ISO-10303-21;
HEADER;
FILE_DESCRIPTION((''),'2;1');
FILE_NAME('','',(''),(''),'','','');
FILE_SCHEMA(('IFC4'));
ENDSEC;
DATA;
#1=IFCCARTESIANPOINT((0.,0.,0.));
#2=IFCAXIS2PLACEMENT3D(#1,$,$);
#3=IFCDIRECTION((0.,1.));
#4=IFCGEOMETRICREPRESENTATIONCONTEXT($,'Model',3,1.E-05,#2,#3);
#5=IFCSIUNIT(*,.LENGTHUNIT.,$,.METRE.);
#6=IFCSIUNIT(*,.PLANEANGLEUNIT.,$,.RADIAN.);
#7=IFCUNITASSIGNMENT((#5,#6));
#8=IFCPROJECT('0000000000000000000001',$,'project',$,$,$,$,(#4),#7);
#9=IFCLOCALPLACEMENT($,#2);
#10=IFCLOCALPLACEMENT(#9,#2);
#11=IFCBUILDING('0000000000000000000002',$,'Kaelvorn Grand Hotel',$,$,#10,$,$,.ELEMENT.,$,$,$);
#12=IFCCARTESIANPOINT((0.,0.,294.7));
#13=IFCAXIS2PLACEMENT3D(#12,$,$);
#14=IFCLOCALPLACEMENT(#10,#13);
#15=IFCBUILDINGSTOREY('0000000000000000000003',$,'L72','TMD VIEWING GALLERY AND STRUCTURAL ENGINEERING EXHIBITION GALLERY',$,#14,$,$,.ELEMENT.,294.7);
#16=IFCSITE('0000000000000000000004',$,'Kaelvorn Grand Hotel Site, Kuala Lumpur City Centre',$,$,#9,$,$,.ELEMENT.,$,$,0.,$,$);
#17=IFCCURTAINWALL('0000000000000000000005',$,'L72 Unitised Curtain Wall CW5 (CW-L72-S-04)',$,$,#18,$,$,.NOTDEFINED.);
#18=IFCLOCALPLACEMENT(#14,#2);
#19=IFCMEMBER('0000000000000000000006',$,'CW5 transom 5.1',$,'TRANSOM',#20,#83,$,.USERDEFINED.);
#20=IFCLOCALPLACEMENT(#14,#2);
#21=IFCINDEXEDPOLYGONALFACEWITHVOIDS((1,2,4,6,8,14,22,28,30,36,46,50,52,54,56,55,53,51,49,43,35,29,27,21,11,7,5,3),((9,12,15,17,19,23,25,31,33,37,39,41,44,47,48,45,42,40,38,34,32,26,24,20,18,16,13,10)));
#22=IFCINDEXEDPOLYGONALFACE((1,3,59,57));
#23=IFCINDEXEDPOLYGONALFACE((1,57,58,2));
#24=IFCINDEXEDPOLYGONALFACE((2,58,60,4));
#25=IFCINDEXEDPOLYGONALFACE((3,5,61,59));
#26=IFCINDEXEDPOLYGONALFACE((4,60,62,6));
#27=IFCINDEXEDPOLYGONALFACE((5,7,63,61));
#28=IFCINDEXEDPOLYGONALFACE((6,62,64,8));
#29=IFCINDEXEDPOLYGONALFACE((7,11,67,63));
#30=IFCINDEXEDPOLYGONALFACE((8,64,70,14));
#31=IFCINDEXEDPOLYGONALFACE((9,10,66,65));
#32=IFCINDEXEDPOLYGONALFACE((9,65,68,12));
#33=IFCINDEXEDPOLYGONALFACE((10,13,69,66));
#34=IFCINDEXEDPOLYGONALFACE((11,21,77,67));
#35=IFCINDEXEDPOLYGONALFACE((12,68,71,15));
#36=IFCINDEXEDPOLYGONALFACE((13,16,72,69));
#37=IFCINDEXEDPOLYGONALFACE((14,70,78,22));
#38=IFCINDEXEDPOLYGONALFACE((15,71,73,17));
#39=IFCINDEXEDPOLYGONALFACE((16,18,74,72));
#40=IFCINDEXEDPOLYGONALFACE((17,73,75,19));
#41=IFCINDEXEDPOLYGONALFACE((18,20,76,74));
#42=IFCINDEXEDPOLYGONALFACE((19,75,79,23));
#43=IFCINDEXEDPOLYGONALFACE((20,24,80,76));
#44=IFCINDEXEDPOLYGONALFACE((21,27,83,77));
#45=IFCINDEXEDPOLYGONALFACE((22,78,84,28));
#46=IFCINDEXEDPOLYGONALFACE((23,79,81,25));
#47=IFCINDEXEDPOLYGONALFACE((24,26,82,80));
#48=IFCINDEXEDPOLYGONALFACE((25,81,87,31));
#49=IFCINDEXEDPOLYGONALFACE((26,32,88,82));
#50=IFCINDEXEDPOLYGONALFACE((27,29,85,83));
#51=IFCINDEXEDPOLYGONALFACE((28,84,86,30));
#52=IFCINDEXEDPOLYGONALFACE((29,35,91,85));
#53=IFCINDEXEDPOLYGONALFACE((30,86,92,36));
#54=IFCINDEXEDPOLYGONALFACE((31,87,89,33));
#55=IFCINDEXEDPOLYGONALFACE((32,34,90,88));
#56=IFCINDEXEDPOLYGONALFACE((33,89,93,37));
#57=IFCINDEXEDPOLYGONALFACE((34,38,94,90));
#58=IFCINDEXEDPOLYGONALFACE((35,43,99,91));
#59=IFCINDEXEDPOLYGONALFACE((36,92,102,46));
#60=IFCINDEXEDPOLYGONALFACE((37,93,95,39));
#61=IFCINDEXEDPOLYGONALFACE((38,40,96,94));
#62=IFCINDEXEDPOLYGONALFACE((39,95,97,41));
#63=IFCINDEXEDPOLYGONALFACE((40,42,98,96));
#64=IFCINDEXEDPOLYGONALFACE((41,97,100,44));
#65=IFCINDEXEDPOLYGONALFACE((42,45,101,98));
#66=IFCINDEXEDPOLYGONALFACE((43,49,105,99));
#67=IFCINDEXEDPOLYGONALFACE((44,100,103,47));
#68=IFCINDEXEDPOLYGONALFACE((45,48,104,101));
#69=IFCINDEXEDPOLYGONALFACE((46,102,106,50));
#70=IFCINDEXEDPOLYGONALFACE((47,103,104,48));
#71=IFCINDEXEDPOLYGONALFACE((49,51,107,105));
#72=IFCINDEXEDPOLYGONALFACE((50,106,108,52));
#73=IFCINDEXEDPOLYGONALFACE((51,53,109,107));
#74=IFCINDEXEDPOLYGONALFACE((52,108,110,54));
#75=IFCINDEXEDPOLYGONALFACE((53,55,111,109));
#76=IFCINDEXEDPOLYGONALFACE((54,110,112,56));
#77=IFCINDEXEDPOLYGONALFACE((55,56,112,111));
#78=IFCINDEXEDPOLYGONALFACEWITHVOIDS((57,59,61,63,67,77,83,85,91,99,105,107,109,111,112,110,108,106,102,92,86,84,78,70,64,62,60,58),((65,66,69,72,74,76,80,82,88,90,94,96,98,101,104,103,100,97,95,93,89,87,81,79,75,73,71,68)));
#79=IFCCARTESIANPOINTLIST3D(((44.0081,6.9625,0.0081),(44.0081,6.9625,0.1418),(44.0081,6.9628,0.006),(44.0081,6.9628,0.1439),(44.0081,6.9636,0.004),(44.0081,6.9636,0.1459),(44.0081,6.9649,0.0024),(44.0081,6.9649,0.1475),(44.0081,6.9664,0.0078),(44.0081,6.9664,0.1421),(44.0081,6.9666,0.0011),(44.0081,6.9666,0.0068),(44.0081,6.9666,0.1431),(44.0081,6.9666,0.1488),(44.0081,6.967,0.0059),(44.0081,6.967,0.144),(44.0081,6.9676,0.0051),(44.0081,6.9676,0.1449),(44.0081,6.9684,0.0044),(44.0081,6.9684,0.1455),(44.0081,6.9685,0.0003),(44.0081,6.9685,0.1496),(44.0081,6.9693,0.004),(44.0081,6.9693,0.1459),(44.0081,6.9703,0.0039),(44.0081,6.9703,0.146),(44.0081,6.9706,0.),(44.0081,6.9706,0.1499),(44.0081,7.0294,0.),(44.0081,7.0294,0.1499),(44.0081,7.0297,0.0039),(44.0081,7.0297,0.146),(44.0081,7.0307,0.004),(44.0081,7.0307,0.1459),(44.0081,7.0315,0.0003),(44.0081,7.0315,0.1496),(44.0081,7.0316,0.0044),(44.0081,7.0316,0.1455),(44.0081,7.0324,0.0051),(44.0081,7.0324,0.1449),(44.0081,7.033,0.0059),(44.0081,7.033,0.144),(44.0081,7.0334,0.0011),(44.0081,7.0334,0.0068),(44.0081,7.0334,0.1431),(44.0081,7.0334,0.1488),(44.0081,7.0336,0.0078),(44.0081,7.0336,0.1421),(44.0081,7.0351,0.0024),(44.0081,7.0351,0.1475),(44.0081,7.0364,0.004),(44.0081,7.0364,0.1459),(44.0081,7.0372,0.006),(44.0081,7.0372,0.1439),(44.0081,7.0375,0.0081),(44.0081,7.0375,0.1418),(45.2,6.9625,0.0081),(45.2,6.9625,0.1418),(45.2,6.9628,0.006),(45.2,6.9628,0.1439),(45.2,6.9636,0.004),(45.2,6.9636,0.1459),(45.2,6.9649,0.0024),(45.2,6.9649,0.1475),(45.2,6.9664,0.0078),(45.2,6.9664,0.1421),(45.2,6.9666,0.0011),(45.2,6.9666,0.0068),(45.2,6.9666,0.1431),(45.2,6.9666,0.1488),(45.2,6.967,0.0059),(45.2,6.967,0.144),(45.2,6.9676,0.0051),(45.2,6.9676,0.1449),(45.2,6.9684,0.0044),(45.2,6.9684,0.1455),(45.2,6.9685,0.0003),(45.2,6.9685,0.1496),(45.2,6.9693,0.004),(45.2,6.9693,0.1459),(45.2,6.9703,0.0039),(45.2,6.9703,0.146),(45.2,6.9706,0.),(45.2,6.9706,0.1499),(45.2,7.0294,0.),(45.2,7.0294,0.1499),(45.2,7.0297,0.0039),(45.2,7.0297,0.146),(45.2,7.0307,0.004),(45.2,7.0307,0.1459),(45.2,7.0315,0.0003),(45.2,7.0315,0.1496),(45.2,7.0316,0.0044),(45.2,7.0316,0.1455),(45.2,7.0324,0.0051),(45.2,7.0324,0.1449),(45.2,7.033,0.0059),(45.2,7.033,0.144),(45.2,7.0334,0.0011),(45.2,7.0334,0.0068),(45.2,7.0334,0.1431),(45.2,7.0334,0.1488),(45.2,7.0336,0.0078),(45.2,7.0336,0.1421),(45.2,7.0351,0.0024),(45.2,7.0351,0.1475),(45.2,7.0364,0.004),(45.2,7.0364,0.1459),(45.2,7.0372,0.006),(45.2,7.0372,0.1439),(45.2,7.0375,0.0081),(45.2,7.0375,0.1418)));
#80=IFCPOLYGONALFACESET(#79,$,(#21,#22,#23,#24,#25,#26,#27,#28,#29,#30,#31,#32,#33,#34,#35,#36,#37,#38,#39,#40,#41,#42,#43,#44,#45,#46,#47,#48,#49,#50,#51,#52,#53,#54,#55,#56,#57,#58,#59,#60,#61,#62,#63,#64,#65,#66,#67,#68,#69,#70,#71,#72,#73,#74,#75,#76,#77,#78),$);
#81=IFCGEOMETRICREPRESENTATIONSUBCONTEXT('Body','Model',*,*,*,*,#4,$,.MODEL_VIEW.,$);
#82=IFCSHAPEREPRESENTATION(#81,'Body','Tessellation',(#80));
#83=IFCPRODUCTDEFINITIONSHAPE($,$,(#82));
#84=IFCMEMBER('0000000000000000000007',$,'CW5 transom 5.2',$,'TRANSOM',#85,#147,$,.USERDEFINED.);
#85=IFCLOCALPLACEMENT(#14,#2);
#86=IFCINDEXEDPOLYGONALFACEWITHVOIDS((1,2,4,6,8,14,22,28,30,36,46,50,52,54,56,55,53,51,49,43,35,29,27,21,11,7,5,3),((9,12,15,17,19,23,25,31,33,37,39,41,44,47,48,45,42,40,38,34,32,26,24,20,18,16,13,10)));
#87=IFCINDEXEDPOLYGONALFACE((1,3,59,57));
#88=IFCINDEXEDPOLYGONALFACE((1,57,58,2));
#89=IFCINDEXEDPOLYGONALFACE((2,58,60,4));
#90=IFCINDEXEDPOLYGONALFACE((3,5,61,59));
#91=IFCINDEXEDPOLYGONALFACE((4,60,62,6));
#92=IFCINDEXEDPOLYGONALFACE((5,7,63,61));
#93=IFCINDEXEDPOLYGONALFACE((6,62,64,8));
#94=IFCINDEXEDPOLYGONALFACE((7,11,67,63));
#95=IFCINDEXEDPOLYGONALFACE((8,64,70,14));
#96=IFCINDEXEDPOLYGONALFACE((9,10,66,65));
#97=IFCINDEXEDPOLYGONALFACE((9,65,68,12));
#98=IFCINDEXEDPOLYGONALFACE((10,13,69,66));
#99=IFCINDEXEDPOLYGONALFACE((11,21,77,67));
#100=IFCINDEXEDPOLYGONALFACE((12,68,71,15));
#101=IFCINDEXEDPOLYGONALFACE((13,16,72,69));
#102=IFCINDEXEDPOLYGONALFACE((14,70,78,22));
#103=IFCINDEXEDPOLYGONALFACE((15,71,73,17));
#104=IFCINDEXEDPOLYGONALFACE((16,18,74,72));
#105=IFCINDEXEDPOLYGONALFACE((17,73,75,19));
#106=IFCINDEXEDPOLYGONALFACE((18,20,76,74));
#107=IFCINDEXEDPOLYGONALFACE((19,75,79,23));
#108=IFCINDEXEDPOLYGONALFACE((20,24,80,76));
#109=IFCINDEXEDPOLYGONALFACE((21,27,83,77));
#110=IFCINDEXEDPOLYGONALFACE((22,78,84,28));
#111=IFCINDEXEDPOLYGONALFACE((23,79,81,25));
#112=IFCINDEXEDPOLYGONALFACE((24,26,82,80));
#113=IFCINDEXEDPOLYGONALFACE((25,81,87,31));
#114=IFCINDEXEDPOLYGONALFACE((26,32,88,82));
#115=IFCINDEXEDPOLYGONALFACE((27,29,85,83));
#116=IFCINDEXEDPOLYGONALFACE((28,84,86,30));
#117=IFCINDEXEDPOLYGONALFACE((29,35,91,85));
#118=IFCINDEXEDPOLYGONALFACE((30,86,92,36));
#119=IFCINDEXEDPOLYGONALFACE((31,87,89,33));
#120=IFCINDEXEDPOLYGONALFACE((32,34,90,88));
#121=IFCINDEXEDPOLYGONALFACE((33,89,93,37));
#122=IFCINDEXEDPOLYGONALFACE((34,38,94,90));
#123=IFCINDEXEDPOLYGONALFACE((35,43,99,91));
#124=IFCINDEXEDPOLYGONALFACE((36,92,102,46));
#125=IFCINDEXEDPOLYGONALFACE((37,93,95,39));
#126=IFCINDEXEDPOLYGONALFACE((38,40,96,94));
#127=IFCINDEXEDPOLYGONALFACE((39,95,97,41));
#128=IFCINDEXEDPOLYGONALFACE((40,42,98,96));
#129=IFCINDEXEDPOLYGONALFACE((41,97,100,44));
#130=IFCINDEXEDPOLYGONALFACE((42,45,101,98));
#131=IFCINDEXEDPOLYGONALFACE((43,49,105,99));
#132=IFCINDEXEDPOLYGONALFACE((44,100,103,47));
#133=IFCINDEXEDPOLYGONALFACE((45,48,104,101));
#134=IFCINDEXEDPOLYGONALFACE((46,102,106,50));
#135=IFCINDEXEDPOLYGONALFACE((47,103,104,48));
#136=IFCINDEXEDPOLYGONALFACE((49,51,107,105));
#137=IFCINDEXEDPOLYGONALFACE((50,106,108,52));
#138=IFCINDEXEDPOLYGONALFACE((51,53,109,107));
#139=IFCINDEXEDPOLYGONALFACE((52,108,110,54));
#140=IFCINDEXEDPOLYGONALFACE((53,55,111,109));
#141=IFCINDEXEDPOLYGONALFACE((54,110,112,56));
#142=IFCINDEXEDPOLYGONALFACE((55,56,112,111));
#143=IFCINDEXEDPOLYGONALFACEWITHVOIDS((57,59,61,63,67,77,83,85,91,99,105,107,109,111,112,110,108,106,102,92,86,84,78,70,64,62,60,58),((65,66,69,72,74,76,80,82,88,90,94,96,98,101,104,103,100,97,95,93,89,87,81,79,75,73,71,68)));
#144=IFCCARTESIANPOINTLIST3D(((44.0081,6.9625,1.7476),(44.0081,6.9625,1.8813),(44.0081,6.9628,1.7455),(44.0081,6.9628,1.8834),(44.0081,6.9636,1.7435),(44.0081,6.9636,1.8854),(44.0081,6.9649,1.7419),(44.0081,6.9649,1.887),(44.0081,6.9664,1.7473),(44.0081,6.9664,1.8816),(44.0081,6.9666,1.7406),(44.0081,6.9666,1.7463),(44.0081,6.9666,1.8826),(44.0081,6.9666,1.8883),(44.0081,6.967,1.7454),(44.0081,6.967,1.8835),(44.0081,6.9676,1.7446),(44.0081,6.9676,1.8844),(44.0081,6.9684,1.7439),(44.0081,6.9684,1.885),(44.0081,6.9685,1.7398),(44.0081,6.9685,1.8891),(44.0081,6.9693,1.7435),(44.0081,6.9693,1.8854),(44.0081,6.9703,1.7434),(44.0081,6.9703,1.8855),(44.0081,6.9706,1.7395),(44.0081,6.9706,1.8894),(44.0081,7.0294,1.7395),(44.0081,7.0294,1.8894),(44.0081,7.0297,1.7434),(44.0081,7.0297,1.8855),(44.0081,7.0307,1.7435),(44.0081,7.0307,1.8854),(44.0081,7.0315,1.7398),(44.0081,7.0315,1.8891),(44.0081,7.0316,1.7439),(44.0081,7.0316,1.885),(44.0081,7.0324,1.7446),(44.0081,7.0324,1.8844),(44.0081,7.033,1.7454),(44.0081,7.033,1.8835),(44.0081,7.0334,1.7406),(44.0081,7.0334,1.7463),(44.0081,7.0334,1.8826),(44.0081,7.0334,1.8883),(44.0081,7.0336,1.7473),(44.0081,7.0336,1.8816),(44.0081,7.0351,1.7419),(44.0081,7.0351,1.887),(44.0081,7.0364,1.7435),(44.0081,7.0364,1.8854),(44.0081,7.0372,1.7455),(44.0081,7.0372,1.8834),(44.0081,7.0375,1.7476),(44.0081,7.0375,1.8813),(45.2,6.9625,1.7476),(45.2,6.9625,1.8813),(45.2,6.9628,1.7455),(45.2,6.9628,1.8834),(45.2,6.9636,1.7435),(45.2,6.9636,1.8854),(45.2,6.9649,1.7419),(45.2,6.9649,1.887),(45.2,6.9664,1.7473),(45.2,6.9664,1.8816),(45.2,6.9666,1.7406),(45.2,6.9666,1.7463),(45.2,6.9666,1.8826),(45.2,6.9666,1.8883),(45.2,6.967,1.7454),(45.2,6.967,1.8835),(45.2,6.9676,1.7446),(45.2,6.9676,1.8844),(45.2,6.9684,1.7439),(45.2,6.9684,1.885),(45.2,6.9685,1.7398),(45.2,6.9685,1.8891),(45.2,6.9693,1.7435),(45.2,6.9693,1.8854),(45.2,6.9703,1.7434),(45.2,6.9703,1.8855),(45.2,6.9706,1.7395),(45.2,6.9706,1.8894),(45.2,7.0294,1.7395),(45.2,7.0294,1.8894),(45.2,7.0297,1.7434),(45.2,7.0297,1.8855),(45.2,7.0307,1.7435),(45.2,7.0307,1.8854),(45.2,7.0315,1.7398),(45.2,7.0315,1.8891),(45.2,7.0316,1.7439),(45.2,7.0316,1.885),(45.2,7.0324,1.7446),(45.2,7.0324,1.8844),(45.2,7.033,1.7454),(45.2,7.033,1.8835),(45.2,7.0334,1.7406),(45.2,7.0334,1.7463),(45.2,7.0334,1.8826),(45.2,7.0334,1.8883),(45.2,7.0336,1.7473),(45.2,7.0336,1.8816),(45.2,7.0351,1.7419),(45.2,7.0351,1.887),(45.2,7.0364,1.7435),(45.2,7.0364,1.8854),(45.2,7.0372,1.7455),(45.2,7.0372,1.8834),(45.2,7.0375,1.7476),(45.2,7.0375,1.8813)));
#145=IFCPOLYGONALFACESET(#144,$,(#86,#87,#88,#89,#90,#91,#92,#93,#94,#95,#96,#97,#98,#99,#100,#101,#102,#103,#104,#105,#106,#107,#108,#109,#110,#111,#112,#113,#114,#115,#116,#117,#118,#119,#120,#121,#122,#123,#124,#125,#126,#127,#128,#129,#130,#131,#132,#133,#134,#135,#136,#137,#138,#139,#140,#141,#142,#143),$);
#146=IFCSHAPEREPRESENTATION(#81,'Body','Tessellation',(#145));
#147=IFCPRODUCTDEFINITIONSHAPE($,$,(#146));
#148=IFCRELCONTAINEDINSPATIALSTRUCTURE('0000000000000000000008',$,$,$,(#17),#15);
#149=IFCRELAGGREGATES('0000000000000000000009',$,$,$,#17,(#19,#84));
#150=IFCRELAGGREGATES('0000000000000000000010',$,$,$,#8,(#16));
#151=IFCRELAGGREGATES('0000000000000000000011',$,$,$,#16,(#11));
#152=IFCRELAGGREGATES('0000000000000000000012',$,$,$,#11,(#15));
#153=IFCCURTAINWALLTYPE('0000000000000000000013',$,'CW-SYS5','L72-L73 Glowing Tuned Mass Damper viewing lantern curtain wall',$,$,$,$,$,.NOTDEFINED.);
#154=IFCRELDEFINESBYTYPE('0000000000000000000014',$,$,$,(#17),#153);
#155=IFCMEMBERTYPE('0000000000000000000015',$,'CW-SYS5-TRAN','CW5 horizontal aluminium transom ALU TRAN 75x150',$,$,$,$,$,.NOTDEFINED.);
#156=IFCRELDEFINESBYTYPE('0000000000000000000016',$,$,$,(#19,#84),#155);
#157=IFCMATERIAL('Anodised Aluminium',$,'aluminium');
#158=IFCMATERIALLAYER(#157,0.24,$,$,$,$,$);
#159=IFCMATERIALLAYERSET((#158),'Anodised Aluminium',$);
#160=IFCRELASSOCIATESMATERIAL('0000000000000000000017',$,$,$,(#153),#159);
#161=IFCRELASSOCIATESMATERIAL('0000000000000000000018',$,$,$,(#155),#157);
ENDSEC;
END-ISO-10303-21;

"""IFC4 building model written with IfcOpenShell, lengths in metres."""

from ifc_helpers import new_model, si_unit, direction, frame, origin, origin_2d, place, context, subcontext, project, spatial, hollow_rectangle, extrude, material, layer, layer_set, material_profile, profile_set, type_object, element, aggregate, save


model = new_model("IFC4")

# Units and contexts
model_context = context("Model", 3, precision=1e-05, world=origin(), true_north=direction((0.0, 1.0)))
body_context = subcontext(model_context, "Body", "Model", "MODEL_VIEW")
ifc_project = project(units=[si_unit("LENGTHUNIT", "METRE"), si_unit("PLANEANGLEUNIT", "RADIAN")], contexts=[model_context])

# Site, building, storey
site_placement = place(None, origin())
site = spatial("IfcSite", under=ifc_project, at=site_placement, Name="Kaelvorn Grand Hotel Site, Kuala Lumpur City Centre", CompositionType="ELEMENT", RefElevation=0.0)
building_placement = place(site_placement, origin())
building = spatial("IfcBuilding", under=site, at=building_placement, Name="Kaelvorn Grand Hotel", CompositionType="ELEMENT")
storey_placement = place(building_placement, frame((0.0, 0.0, 294.7)))
storey = spatial("IfcBuildingStorey", under=building, at=storey_placement, Name="L72", Description="TMD VIEWING GALLERY AND STRUCTURAL ENGINEERING EXHIBITION GALLERY", CompositionType="ELEMENT", Elevation=294.7)

# Curtain wall
ifc_material_1 = material(Name="Anodised Aluminium", Category="aluminium")
ifc_layer_1 = layer(ifc_material_1, 0.24)
ifc_layer_set_1 = layer_set([ifc_layer_1], Name="Anodised Aluminium")
curtain_wall_type = type_object("IfcCurtainWallType", Name="CW-SYS5", Description="L72-L73 Glowing Tuned Mass Damper viewing lantern curtain wall", PredefinedType="NOTDEFINED", material=ifc_layer_set_1)
curtain_wall_1_placement = place(storey_placement, origin())
curtain_wall_1 = element("IfcCurtainWall", 1, at=curtain_wall_1_placement, inside=storey, type_object=curtain_wall_type, Name="L72 Unitised Curtain Wall CW5 (CW-L72-S-04)", PredefinedType="NOTDEFINED")

# Members
ifc_material_profile_1 = material_profile(ifc_material_1, hollow_rectangle(XDim=0.075, YDim=0.1499, WallThickness=0.0039, InnerFilletRadius=0.0039, OuterFilletRadius=0.0081, at=origin_2d()), Name="ALU TRAN 75x150")
ifc_profile_set_1 = profile_set([ifc_material_profile_1], Name="Anodised Aluminium")
member_type_1 = type_object("IfcMemberType", Name="CW-SYS5-TRAN", Description="CW5 horizontal aluminium transom ALU TRAN 75x150", PredefinedType="NOTDEFINED", material=ifc_profile_set_1)
member_1_placement = place(storey_placement, frame((44.0081, 7.0, 0.075), z_axis=(1.0, 0.0, 0.0), x_axis=(0.0, 1.0, 0.0)))
member_1 = element("IfcMember", 2, at=member_1_placement, type_object=member_type_1, Name="CW5 transom 5.1", ObjectType="TRANSOM", PredefinedType="USERDEFINED", context=body_context, shape_type="SweptSolid", body=[
    extrude(hollow_rectangle(XDim=0.075, YDim=0.1499, WallThickness=0.0039, InnerFilletRadius=0.0039, OuterFilletRadius=0.0081, at=origin_2d()), origin(), (0.0, 0.0, 1.0), 1.1919),
])
member_2_placement = place(storey_placement, frame((44.0081, 7.0, 1.8145), z_axis=(1.0, 0.0, 0.0), x_axis=(0.0, 1.0, 0.0)))
member_2 = element("IfcMember", 3, at=member_2_placement, type_object=member_type_1, Name="CW5 transom 5.2", ObjectType="TRANSOM", PredefinedType="USERDEFINED", context=body_context, shape_type="SweptSolid", body=[
    extrude(hollow_rectangle(XDim=0.075, YDim=0.1499, WallThickness=0.0039, InnerFilletRadius=0.0039, OuterFilletRadius=0.0081, at=origin_2d()), origin(), (0.0, 0.0, 1.0), 1.1919),
])

aggregate(curtain_wall_1, [member_1, member_2])

save(model, "model.ifc")
